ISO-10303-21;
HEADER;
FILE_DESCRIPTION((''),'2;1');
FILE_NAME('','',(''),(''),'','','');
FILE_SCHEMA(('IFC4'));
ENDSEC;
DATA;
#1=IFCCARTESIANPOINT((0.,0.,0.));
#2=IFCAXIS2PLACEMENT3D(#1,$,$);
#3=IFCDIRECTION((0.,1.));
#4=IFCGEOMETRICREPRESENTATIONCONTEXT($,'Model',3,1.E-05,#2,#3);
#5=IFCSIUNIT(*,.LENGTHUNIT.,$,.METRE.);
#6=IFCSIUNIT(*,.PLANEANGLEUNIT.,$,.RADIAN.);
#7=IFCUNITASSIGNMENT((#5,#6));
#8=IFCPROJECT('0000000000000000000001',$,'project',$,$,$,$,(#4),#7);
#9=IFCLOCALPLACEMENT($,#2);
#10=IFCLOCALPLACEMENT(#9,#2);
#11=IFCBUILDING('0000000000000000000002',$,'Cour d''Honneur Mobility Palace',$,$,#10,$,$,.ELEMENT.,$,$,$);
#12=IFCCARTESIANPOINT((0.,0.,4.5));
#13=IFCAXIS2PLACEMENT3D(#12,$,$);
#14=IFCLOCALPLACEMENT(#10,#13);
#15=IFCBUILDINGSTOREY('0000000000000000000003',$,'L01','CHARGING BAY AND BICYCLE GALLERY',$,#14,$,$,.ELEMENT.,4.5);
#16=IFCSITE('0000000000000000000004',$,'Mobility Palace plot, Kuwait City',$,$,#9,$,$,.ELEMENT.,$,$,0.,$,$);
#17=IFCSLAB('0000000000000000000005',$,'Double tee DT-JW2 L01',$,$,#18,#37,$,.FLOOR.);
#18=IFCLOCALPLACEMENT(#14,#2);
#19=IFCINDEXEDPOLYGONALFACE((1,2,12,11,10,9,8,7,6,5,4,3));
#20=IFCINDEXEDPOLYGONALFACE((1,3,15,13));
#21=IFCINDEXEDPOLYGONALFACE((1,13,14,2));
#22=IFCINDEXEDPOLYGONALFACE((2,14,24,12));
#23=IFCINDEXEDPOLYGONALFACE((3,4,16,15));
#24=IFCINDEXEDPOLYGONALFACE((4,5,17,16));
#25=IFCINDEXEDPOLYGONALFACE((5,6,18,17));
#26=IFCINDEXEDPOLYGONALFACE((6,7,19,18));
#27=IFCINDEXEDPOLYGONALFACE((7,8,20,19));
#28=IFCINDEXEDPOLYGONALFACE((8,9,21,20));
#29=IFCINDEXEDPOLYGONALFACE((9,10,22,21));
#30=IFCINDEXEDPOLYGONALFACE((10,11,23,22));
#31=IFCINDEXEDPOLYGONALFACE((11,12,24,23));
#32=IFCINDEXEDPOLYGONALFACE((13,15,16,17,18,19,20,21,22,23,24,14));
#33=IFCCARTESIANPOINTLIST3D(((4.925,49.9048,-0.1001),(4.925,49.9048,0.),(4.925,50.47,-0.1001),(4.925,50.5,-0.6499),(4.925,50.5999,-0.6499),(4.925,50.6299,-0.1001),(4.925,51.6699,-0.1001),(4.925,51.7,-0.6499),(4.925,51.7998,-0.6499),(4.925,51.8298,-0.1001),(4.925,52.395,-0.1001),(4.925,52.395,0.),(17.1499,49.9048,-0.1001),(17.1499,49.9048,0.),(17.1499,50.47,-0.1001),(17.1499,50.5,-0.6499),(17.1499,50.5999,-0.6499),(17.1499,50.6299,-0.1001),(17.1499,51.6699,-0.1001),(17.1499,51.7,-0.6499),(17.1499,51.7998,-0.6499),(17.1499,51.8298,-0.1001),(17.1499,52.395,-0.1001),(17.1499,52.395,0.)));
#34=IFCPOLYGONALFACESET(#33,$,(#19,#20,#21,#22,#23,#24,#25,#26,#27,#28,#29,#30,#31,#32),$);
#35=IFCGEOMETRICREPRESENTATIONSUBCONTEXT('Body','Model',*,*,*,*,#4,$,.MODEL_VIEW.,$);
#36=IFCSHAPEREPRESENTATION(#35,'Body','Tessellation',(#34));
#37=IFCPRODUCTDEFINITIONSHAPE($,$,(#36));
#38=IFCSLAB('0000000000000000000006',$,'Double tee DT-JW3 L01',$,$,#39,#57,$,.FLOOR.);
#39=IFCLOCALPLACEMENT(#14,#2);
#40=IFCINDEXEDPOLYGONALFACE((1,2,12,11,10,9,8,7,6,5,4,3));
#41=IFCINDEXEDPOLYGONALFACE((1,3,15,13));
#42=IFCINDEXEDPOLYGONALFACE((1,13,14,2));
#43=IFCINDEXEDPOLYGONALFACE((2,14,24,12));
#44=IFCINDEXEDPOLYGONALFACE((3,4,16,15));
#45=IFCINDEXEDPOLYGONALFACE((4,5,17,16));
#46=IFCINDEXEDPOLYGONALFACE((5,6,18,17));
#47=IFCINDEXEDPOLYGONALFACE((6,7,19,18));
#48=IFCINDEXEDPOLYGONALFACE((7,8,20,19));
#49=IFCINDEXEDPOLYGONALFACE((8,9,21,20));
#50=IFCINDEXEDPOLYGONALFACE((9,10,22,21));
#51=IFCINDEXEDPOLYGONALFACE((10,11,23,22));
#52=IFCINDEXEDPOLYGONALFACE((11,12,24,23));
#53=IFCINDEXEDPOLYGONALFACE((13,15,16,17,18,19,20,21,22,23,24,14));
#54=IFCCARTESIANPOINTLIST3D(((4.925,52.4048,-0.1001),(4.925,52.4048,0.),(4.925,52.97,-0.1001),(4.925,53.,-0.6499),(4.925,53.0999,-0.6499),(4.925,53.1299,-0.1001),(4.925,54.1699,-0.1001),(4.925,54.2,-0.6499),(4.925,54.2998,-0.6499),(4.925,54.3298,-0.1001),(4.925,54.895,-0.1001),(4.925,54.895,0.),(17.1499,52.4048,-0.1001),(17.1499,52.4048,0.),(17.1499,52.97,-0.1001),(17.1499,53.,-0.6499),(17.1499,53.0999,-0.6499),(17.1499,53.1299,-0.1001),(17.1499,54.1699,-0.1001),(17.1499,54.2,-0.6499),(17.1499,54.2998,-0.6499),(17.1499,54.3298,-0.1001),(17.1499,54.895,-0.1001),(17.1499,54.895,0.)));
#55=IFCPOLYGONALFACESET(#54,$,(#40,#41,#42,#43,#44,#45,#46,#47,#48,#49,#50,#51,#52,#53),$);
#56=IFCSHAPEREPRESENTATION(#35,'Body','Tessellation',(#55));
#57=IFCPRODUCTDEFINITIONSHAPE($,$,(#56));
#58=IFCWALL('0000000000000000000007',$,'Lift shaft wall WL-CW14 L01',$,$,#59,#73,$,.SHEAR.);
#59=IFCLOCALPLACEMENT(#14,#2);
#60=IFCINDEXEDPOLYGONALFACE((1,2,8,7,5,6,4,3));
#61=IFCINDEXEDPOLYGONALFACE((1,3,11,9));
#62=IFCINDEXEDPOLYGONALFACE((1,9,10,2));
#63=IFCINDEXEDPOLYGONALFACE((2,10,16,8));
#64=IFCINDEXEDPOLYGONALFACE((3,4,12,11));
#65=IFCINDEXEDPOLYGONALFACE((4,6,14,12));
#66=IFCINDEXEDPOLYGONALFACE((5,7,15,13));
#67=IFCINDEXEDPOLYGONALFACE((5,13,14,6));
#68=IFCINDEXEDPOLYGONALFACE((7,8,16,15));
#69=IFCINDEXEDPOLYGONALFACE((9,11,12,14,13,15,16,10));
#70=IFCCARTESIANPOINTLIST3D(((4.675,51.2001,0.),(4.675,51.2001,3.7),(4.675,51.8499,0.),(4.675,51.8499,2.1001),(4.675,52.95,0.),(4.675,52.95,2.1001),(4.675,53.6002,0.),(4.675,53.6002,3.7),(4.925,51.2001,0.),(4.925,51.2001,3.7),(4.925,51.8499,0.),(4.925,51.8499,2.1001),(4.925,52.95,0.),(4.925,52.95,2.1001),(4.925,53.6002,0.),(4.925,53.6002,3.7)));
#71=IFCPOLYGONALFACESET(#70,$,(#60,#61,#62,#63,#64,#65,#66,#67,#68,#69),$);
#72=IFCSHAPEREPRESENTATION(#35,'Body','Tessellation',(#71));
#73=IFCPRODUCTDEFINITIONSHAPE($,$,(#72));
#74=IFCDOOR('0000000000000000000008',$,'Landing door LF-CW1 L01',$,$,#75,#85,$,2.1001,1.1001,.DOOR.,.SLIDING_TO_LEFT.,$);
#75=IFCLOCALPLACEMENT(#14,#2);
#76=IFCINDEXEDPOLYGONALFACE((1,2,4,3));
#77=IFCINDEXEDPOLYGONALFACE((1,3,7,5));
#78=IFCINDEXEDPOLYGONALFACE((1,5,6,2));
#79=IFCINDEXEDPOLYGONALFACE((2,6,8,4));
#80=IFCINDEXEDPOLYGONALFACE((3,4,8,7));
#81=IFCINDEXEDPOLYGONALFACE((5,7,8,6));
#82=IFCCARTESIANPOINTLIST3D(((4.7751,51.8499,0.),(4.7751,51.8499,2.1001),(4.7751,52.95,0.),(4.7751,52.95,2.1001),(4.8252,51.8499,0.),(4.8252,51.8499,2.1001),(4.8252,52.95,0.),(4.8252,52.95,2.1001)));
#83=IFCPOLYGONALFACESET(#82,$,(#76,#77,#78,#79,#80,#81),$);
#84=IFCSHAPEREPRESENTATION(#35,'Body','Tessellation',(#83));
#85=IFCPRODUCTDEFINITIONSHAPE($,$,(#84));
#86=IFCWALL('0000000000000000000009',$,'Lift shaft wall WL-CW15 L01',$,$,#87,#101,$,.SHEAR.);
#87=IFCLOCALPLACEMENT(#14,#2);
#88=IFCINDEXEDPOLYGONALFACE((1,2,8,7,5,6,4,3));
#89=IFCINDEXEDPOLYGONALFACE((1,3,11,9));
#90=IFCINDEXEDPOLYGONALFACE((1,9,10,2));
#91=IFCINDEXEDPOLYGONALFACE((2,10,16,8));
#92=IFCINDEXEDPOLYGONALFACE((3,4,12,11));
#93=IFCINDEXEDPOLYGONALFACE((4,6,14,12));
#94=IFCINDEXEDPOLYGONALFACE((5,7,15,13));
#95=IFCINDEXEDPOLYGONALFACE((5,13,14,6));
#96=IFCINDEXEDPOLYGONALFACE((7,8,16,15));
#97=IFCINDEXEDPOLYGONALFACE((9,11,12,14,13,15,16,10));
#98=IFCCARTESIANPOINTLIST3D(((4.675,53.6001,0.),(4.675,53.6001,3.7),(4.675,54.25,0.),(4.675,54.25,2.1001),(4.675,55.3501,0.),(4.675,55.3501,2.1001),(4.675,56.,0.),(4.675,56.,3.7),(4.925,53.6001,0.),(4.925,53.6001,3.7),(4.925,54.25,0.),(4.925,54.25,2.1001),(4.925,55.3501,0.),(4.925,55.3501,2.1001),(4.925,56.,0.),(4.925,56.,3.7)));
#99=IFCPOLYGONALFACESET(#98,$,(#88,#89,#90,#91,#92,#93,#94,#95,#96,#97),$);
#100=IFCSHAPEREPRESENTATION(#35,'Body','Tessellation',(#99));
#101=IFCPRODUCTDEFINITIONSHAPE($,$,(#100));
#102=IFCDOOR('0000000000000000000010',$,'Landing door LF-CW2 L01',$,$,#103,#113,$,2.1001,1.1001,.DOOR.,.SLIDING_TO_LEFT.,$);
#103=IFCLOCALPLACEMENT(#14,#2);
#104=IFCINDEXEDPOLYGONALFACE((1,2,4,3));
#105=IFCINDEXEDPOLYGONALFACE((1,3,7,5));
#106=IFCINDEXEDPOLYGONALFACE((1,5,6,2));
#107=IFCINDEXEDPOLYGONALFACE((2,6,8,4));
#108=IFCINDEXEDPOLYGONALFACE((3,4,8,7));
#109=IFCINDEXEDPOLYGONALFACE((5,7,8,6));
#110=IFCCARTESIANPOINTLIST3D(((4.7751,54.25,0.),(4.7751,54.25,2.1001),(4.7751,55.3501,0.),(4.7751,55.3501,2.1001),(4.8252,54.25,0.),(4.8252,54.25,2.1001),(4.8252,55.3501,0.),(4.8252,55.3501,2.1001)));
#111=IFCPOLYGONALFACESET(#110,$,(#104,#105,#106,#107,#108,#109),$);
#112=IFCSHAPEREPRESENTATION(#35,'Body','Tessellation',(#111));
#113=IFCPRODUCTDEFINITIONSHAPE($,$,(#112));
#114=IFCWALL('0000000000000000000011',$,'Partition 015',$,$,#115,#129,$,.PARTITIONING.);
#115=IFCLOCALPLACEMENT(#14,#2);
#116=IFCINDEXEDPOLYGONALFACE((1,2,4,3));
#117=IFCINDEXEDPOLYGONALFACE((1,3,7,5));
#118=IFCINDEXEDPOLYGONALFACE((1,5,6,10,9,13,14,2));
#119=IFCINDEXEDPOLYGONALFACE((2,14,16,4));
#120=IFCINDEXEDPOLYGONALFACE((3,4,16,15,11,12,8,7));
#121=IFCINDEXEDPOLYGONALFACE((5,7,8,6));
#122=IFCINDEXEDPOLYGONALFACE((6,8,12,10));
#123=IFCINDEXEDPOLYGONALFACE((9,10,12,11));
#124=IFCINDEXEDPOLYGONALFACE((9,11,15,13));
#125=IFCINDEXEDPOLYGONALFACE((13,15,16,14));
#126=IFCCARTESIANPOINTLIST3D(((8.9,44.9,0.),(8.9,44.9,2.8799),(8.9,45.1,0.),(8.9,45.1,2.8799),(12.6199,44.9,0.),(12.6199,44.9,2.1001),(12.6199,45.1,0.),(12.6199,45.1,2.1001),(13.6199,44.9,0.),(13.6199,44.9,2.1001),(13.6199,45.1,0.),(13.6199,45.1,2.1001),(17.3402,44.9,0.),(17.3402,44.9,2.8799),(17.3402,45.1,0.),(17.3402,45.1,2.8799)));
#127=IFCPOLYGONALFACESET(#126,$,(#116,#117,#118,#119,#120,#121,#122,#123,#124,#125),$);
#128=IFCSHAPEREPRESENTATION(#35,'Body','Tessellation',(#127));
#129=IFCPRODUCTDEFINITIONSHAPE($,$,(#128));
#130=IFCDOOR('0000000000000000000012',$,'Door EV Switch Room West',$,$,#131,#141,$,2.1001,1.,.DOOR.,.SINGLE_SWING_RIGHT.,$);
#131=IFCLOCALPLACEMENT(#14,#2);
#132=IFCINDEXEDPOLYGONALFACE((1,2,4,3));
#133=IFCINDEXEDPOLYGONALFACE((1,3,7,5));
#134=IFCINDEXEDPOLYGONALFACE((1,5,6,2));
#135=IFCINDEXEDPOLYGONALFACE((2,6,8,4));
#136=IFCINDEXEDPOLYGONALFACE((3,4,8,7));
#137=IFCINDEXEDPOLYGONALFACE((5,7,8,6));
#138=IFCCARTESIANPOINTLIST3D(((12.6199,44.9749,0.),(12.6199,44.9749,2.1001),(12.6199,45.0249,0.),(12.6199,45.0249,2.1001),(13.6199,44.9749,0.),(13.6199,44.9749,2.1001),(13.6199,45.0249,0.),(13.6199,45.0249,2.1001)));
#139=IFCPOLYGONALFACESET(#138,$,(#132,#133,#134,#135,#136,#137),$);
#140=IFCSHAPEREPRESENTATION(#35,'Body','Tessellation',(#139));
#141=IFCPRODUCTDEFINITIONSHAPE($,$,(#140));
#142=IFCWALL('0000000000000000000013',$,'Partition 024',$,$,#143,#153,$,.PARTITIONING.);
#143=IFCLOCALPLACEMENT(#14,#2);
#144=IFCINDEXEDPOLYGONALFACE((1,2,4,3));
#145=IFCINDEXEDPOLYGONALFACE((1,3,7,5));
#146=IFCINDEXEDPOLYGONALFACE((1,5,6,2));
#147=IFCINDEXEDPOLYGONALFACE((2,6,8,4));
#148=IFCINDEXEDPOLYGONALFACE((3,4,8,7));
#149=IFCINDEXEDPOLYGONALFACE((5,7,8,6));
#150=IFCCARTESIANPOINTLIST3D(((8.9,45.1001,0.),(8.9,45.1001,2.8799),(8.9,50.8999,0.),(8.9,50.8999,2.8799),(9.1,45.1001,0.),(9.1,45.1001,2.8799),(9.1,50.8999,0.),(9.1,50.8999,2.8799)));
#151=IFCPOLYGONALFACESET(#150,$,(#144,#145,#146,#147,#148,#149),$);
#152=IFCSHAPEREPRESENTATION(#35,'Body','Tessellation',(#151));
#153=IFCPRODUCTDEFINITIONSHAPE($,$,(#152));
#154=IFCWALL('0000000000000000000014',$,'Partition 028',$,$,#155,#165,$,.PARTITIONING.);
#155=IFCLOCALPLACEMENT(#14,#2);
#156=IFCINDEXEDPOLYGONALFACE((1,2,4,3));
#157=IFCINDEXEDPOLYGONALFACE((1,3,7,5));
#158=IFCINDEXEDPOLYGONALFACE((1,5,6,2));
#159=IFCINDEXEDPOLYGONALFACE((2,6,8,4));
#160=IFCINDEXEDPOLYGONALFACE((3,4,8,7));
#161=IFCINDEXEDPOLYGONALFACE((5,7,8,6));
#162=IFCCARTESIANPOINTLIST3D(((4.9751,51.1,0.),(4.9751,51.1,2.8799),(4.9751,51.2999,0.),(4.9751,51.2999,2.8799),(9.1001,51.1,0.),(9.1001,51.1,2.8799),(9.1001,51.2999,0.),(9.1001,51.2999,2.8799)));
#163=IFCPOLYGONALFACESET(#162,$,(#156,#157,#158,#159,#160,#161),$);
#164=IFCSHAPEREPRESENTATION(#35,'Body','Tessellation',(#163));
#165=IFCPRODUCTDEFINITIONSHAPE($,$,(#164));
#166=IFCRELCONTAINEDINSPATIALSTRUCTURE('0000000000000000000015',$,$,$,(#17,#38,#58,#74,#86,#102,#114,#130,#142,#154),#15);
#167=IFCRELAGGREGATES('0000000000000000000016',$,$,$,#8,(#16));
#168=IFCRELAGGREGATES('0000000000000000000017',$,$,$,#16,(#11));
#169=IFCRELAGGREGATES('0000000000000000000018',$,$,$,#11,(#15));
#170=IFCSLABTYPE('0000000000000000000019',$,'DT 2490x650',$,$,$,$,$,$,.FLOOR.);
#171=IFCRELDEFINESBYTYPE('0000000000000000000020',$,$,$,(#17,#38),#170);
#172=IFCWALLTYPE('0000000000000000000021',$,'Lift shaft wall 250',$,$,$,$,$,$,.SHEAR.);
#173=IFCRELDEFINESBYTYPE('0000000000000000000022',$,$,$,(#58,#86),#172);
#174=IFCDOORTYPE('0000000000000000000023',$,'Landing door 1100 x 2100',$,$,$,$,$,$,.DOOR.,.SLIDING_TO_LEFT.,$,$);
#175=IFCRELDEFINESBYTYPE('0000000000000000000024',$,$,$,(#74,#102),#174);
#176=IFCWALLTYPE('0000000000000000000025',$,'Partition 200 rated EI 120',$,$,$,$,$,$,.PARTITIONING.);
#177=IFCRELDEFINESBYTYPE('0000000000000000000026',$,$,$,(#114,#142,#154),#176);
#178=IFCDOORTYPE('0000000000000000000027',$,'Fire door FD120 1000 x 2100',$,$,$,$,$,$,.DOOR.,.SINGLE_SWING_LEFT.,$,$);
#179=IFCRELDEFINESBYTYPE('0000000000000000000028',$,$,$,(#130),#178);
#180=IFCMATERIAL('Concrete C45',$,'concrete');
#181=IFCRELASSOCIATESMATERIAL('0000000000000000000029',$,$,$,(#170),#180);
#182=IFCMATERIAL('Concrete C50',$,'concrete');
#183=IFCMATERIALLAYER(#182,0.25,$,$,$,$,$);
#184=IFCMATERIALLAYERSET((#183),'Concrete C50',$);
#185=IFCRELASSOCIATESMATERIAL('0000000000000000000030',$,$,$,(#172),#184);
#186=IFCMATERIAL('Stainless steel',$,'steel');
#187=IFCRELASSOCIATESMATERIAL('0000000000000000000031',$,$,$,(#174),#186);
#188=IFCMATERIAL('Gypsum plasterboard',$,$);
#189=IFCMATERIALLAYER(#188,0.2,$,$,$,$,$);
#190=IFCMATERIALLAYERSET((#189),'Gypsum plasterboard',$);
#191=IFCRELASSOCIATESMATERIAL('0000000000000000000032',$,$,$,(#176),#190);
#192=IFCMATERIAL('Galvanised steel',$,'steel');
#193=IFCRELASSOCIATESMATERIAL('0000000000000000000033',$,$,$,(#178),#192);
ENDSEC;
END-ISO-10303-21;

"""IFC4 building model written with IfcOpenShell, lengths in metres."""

from ifc_helpers import new_model, si_unit, direction, frame, frame_2d, origin, place, context, subcontext, project, spatial, polyline, rectangle, outline, extrude, material, layer, layer_set, material_profile, profile_set, type_object, element, fill, save


model = new_model("IFC4")

# Units and contexts
model_context = context("Model", 3, precision=1e-05, world=origin(), true_north=direction((0.0, 1.0)))
body_context = subcontext(model_context, "Body", "Model", "MODEL_VIEW")
ifc_project = project(units=[si_unit("LENGTHUNIT", "METRE"), si_unit("PLANEANGLEUNIT", "RADIAN")], contexts=[model_context])

# Site, building, storey
site_placement = place(None, origin())
site = spatial("IfcSite", under=ifc_project, at=site_placement, Name="Mobility Palace plot, Kuwait City", CompositionType="ELEMENT", RefElevation=0.0)
building_placement = place(site_placement, origin())
building = spatial("IfcBuilding", under=site, at=building_placement, Name="Cour d'Honneur Mobility Palace", CompositionType="ELEMENT")
storey_placement = place(building_placement, frame((0.0, 0.0, 4.5)))
storey = spatial("IfcBuildingStorey", under=building, at=storey_placement, Name="L01", Description="CHARGING BAY AND BICYCLE GALLERY", CompositionType="ELEMENT", Elevation=4.5)

# Slabs
ifc_material_1 = material(Name="Concrete C45", Category="concrete")
ifc_material_profile_1 = material_profile(ifc_material_1, outline(polyline([(-1.2451, 0.0), (1.2451, 0.0), (1.2451, -0.1001), (0.6799, -0.1001), (0.6499, -0.6499), (0.55, -0.6499), (0.52, -0.1001), (-0.52, -0.1001), (-0.55, -0.6499), (-0.6499, -0.6499), (-0.6799, -0.1001), (-1.2451, -0.1001), (-1.2451, 0.0)])), Name="DT 2490x650")
ifc_profile_set_1 = profile_set([ifc_material_profile_1], Name="Concrete C45")
slab_type_1 = type_object("IfcSlabType", Name="DT 2490x650", PredefinedType="FLOOR", material=ifc_profile_set_1)
for number, where, z_axis, x_axis, name in (
    (1, (4.925, 51.1499, 0.0), (1.0, 0.0, 0.0), (0.0, 1.0, 0.0), "Double tee DT-JW2 L01"),
    (2, (4.925, 53.6499, 0.0), (1.0, 0.0, 0.0), (0.0, 1.0, 0.0), "Double tee DT-JW3 L01"),
):
    element("IfcSlab", number, at=place(storey_placement, frame(where, z_axis=z_axis, x_axis=x_axis)), inside=storey, type_object=slab_type_1, Name=name, PredefinedType="FLOOR", context=body_context, shape_type="SweptSolid", body=[
        extrude(outline(polyline([(-1.2451, 0.0), (1.2451, 0.0), (1.2451, -0.1001), (0.6799, -0.1001), (0.6499, -0.6499), (0.55, -0.6499), (0.52, -0.1001), (-0.52, -0.1001), (-0.55, -0.6499), (-0.6499, -0.6499), (-0.6799, -0.1001), (-1.2451, -0.1001), (-1.2451, 0.0)])), origin(), (0.0, 0.0, 1.0), 12.2249),
    ])

# Walls, openings, doors
ifc_material_2 = material(Name="Concrete C50", Category="concrete")
ifc_layer_1 = layer(ifc_material_2, 0.25)
ifc_layer_set_1 = layer_set([ifc_layer_1], Name="Concrete C50")
wall_type_1 = type_object("IfcWallType", Name="Lift shaft wall 250", PredefinedType="SHEAR", material=ifc_layer_set_1)
wall_1_placement = place(storey_placement, frame((4.8, 51.2, 0.0), z_axis=(0.0, 0.0, 1.0), x_axis=(0.0, 1.0, 0.0)))
wall_1 = element("IfcWall", 3, at=wall_1_placement, inside=storey, type_object=wall_type_1, Name="Lift shaft wall WL-CW14 L01", PredefinedType="SHEAR", context=body_context, shape_type="SweptSolid", body=[
    extrude(rectangle(XDim=2.4001, YDim=0.25, at=frame_2d((1.2002, 0.0))), origin(), (0.0, 0.0, 1.0), 3.7),
])
opening_1_placement = place(wall_1_placement, frame((0.6499, 0.0, 0.0)))
opening_1 = element("IfcOpeningElement", 4, at=opening_1_placement, cuts=wall_1, PredefinedType="OPENING", context=body_context, shape_type="SweptSolid", body=[
    extrude(rectangle(XDim=1.1001, YDim=2.1001, at=frame_2d((0.55, 1.05))), frame((0.0, 0.135, 0.0), z_axis=(0.0, -1.0, 0.0), x_axis=(1.0, 0.0, 0.0)), (0.0, 0.0, 1.0), 0.27),
])
ifc_material_3 = material(Name="Stainless steel", Category="steel")
door_type_1 = type_object("IfcDoorType", Name="Landing door 1100 x 2100", OperationType="SLIDING_TO_LEFT", PredefinedType="DOOR", material=ifc_material_3)
door_1_placement = place(opening_1_placement, origin())
door_1 = element("IfcDoor", 5, at=door_1_placement, inside=storey, type_object=door_type_1, Name="Landing door LF-CW1 L01", OperationType="SLIDING_TO_LEFT", OverallHeight=2.1001, OverallWidth=1.1001, PredefinedType="DOOR", context=body_context, shape_type="SweptSolid", body=[
    extrude(rectangle(XDim=1.1001, YDim=2.1001, at=frame_2d((0.55, 1.05))), frame((0.0, 0.0249, 0.0), z_axis=(0.0, -1.0, 0.0), x_axis=(1.0, 0.0, 0.0)), (0.0, 0.0, 1.0), 0.05),
])
fill(opening_1, door_1)
wall_2_placement = place(storey_placement, frame((4.8, 53.6001, 0.0), z_axis=(0.0, 0.0, 1.0), x_axis=(0.0, 1.0, 0.0)))
wall_2 = element("IfcWall", 6, at=wall_2_placement, inside=storey, type_object=wall_type_1, Name="Lift shaft wall WL-CW15 L01", PredefinedType="SHEAR", context=body_context, shape_type="SweptSolid", body=[
    extrude(rectangle(XDim=2.3999, YDim=0.25, at=frame_2d((1.2, 0.0))), origin(), (0.0, 0.0, 1.0), 3.7),
])
opening_2_placement = place(wall_2_placement, frame((0.6499, 0.0, 0.0)))
opening_2 = element("IfcOpeningElement", 7, at=opening_2_placement, cuts=wall_2, PredefinedType="OPENING", context=body_context, shape_type="SweptSolid", body=[
    extrude(rectangle(XDim=1.1001, YDim=2.1001, at=frame_2d((0.55, 1.05))), frame((0.0, 0.135, 0.0), z_axis=(0.0, -1.0, 0.0), x_axis=(1.0, 0.0, 0.0)), (0.0, 0.0, 1.0), 0.27),
])
door_2_placement = place(opening_2_placement, origin())
door_2 = element("IfcDoor", 8, at=door_2_placement, inside=storey, type_object=door_type_1, Name="Landing door LF-CW2 L01", OperationType="SLIDING_TO_LEFT", OverallHeight=2.1001, OverallWidth=1.1001, PredefinedType="DOOR", context=body_context, shape_type="SweptSolid", body=[
    extrude(rectangle(XDim=1.1001, YDim=2.1001, at=frame_2d((0.55, 1.05))), frame((0.0, 0.0249, 0.0), z_axis=(0.0, -1.0, 0.0), x_axis=(1.0, 0.0, 0.0)), (0.0, 0.0, 1.0), 0.05),
])
fill(opening_2, door_2)
ifc_material_4 = material(Name="Gypsum plasterboard")
ifc_layer_2 = layer(ifc_material_4, 0.2)
ifc_layer_set_2 = layer_set([ifc_layer_2], Name="Gypsum plasterboard")
wall_type_2 = type_object("IfcWallType", Name="Partition 200 rated EI 120", PredefinedType="PARTITIONING", material=ifc_layer_set_2)
wall_3_placement = place(storey_placement, frame((8.8999, 45.0, 0.0), z_axis=(0.0, 0.0, 1.0), x_axis=(1.0, 0.0, 0.0)))
wall_3 = element("IfcWall", 9, at=wall_3_placement, inside=storey, type_object=wall_type_2, Name="Partition 015", PredefinedType="PARTITIONING", context=body_context, shape_type="SweptSolid", body=[
    extrude(rectangle(XDim=8.4402, YDim=0.2, at=frame_2d((4.2202, 0.0))), origin(), (0.0, 0.0, 1.0), 2.8799),
])
opening_3_placement = place(wall_3_placement, frame((3.72, 0.0, 0.0)))
opening_3 = element("IfcOpeningElement", 10, at=opening_3_placement, cuts=wall_3, PredefinedType="OPENING", context=body_context, shape_type="SweptSolid", body=[
    extrude(rectangle(XDim=1.0, YDim=2.1001, at=frame_2d((0.5, 1.05))), frame((0.0, 0.1099, 0.0), z_axis=(0.0, -1.0, 0.0), x_axis=(1.0, 0.0, 0.0)), (0.0, 0.0, 1.0), 0.22),
])
ifc_material_5 = material(Name="Galvanised steel", Category="steel")
door_type_2 = type_object("IfcDoorType", Name="Fire door FD120 1000 x 2100", OperationType="SINGLE_SWING_LEFT", PredefinedType="DOOR", material=ifc_material_5)
door_3_placement = place(opening_3_placement, origin())
door_3 = element("IfcDoor", 11, at=door_3_placement, inside=storey, type_object=door_type_2, Name="Door EV Switch Room West", OperationType="SINGLE_SWING_RIGHT", OverallHeight=2.1001, OverallWidth=1.0, PredefinedType="DOOR", context=body_context, shape_type="SweptSolid", body=[
    extrude(rectangle(XDim=1.0, YDim=2.1001, at=frame_2d((0.5, 1.05))), frame((0.0, 0.0249, 0.0), z_axis=(0.0, -1.0, 0.0), x_axis=(1.0, 0.0, 0.0)), (0.0, 0.0, 1.0), 0.05),
])
fill(opening_3, door_3)

# Walls
wall_4_placement = place(storey_placement, frame((9.0, 50.8999, 0.0), z_axis=(0.0, 0.0, 1.0), x_axis=(0.0, -1.0, 0.0)))
element("IfcWall", 12, at=wall_4_placement, inside=storey, type_object=wall_type_2, Name="Partition 024", PredefinedType="PARTITIONING", context=body_context, shape_type="SweptSolid", body=[
    extrude(rectangle(XDim=5.7998, YDim=0.2, at=frame_2d((2.8999, 0.0))), origin(), (0.0, 0.0, 1.0), 2.8799),
])
wall_5_placement = place(storey_placement, frame((4.9751, 51.2, 0.0), z_axis=(0.0, 0.0, 1.0), x_axis=(1.0, 0.0, 0.0)))
element("IfcWall", 13, at=wall_5_placement, inside=storey, type_object=wall_type_2, Name="Partition 028", PredefinedType="PARTITIONING", context=body_context, shape_type="SweptSolid", body=[
    extrude(rectangle(XDim=4.125, YDim=0.2, at=frame_2d((2.0625, 0.0))), origin(), (0.0, 0.0, 1.0), 2.8799),
])

save(model, "model.ifc")
